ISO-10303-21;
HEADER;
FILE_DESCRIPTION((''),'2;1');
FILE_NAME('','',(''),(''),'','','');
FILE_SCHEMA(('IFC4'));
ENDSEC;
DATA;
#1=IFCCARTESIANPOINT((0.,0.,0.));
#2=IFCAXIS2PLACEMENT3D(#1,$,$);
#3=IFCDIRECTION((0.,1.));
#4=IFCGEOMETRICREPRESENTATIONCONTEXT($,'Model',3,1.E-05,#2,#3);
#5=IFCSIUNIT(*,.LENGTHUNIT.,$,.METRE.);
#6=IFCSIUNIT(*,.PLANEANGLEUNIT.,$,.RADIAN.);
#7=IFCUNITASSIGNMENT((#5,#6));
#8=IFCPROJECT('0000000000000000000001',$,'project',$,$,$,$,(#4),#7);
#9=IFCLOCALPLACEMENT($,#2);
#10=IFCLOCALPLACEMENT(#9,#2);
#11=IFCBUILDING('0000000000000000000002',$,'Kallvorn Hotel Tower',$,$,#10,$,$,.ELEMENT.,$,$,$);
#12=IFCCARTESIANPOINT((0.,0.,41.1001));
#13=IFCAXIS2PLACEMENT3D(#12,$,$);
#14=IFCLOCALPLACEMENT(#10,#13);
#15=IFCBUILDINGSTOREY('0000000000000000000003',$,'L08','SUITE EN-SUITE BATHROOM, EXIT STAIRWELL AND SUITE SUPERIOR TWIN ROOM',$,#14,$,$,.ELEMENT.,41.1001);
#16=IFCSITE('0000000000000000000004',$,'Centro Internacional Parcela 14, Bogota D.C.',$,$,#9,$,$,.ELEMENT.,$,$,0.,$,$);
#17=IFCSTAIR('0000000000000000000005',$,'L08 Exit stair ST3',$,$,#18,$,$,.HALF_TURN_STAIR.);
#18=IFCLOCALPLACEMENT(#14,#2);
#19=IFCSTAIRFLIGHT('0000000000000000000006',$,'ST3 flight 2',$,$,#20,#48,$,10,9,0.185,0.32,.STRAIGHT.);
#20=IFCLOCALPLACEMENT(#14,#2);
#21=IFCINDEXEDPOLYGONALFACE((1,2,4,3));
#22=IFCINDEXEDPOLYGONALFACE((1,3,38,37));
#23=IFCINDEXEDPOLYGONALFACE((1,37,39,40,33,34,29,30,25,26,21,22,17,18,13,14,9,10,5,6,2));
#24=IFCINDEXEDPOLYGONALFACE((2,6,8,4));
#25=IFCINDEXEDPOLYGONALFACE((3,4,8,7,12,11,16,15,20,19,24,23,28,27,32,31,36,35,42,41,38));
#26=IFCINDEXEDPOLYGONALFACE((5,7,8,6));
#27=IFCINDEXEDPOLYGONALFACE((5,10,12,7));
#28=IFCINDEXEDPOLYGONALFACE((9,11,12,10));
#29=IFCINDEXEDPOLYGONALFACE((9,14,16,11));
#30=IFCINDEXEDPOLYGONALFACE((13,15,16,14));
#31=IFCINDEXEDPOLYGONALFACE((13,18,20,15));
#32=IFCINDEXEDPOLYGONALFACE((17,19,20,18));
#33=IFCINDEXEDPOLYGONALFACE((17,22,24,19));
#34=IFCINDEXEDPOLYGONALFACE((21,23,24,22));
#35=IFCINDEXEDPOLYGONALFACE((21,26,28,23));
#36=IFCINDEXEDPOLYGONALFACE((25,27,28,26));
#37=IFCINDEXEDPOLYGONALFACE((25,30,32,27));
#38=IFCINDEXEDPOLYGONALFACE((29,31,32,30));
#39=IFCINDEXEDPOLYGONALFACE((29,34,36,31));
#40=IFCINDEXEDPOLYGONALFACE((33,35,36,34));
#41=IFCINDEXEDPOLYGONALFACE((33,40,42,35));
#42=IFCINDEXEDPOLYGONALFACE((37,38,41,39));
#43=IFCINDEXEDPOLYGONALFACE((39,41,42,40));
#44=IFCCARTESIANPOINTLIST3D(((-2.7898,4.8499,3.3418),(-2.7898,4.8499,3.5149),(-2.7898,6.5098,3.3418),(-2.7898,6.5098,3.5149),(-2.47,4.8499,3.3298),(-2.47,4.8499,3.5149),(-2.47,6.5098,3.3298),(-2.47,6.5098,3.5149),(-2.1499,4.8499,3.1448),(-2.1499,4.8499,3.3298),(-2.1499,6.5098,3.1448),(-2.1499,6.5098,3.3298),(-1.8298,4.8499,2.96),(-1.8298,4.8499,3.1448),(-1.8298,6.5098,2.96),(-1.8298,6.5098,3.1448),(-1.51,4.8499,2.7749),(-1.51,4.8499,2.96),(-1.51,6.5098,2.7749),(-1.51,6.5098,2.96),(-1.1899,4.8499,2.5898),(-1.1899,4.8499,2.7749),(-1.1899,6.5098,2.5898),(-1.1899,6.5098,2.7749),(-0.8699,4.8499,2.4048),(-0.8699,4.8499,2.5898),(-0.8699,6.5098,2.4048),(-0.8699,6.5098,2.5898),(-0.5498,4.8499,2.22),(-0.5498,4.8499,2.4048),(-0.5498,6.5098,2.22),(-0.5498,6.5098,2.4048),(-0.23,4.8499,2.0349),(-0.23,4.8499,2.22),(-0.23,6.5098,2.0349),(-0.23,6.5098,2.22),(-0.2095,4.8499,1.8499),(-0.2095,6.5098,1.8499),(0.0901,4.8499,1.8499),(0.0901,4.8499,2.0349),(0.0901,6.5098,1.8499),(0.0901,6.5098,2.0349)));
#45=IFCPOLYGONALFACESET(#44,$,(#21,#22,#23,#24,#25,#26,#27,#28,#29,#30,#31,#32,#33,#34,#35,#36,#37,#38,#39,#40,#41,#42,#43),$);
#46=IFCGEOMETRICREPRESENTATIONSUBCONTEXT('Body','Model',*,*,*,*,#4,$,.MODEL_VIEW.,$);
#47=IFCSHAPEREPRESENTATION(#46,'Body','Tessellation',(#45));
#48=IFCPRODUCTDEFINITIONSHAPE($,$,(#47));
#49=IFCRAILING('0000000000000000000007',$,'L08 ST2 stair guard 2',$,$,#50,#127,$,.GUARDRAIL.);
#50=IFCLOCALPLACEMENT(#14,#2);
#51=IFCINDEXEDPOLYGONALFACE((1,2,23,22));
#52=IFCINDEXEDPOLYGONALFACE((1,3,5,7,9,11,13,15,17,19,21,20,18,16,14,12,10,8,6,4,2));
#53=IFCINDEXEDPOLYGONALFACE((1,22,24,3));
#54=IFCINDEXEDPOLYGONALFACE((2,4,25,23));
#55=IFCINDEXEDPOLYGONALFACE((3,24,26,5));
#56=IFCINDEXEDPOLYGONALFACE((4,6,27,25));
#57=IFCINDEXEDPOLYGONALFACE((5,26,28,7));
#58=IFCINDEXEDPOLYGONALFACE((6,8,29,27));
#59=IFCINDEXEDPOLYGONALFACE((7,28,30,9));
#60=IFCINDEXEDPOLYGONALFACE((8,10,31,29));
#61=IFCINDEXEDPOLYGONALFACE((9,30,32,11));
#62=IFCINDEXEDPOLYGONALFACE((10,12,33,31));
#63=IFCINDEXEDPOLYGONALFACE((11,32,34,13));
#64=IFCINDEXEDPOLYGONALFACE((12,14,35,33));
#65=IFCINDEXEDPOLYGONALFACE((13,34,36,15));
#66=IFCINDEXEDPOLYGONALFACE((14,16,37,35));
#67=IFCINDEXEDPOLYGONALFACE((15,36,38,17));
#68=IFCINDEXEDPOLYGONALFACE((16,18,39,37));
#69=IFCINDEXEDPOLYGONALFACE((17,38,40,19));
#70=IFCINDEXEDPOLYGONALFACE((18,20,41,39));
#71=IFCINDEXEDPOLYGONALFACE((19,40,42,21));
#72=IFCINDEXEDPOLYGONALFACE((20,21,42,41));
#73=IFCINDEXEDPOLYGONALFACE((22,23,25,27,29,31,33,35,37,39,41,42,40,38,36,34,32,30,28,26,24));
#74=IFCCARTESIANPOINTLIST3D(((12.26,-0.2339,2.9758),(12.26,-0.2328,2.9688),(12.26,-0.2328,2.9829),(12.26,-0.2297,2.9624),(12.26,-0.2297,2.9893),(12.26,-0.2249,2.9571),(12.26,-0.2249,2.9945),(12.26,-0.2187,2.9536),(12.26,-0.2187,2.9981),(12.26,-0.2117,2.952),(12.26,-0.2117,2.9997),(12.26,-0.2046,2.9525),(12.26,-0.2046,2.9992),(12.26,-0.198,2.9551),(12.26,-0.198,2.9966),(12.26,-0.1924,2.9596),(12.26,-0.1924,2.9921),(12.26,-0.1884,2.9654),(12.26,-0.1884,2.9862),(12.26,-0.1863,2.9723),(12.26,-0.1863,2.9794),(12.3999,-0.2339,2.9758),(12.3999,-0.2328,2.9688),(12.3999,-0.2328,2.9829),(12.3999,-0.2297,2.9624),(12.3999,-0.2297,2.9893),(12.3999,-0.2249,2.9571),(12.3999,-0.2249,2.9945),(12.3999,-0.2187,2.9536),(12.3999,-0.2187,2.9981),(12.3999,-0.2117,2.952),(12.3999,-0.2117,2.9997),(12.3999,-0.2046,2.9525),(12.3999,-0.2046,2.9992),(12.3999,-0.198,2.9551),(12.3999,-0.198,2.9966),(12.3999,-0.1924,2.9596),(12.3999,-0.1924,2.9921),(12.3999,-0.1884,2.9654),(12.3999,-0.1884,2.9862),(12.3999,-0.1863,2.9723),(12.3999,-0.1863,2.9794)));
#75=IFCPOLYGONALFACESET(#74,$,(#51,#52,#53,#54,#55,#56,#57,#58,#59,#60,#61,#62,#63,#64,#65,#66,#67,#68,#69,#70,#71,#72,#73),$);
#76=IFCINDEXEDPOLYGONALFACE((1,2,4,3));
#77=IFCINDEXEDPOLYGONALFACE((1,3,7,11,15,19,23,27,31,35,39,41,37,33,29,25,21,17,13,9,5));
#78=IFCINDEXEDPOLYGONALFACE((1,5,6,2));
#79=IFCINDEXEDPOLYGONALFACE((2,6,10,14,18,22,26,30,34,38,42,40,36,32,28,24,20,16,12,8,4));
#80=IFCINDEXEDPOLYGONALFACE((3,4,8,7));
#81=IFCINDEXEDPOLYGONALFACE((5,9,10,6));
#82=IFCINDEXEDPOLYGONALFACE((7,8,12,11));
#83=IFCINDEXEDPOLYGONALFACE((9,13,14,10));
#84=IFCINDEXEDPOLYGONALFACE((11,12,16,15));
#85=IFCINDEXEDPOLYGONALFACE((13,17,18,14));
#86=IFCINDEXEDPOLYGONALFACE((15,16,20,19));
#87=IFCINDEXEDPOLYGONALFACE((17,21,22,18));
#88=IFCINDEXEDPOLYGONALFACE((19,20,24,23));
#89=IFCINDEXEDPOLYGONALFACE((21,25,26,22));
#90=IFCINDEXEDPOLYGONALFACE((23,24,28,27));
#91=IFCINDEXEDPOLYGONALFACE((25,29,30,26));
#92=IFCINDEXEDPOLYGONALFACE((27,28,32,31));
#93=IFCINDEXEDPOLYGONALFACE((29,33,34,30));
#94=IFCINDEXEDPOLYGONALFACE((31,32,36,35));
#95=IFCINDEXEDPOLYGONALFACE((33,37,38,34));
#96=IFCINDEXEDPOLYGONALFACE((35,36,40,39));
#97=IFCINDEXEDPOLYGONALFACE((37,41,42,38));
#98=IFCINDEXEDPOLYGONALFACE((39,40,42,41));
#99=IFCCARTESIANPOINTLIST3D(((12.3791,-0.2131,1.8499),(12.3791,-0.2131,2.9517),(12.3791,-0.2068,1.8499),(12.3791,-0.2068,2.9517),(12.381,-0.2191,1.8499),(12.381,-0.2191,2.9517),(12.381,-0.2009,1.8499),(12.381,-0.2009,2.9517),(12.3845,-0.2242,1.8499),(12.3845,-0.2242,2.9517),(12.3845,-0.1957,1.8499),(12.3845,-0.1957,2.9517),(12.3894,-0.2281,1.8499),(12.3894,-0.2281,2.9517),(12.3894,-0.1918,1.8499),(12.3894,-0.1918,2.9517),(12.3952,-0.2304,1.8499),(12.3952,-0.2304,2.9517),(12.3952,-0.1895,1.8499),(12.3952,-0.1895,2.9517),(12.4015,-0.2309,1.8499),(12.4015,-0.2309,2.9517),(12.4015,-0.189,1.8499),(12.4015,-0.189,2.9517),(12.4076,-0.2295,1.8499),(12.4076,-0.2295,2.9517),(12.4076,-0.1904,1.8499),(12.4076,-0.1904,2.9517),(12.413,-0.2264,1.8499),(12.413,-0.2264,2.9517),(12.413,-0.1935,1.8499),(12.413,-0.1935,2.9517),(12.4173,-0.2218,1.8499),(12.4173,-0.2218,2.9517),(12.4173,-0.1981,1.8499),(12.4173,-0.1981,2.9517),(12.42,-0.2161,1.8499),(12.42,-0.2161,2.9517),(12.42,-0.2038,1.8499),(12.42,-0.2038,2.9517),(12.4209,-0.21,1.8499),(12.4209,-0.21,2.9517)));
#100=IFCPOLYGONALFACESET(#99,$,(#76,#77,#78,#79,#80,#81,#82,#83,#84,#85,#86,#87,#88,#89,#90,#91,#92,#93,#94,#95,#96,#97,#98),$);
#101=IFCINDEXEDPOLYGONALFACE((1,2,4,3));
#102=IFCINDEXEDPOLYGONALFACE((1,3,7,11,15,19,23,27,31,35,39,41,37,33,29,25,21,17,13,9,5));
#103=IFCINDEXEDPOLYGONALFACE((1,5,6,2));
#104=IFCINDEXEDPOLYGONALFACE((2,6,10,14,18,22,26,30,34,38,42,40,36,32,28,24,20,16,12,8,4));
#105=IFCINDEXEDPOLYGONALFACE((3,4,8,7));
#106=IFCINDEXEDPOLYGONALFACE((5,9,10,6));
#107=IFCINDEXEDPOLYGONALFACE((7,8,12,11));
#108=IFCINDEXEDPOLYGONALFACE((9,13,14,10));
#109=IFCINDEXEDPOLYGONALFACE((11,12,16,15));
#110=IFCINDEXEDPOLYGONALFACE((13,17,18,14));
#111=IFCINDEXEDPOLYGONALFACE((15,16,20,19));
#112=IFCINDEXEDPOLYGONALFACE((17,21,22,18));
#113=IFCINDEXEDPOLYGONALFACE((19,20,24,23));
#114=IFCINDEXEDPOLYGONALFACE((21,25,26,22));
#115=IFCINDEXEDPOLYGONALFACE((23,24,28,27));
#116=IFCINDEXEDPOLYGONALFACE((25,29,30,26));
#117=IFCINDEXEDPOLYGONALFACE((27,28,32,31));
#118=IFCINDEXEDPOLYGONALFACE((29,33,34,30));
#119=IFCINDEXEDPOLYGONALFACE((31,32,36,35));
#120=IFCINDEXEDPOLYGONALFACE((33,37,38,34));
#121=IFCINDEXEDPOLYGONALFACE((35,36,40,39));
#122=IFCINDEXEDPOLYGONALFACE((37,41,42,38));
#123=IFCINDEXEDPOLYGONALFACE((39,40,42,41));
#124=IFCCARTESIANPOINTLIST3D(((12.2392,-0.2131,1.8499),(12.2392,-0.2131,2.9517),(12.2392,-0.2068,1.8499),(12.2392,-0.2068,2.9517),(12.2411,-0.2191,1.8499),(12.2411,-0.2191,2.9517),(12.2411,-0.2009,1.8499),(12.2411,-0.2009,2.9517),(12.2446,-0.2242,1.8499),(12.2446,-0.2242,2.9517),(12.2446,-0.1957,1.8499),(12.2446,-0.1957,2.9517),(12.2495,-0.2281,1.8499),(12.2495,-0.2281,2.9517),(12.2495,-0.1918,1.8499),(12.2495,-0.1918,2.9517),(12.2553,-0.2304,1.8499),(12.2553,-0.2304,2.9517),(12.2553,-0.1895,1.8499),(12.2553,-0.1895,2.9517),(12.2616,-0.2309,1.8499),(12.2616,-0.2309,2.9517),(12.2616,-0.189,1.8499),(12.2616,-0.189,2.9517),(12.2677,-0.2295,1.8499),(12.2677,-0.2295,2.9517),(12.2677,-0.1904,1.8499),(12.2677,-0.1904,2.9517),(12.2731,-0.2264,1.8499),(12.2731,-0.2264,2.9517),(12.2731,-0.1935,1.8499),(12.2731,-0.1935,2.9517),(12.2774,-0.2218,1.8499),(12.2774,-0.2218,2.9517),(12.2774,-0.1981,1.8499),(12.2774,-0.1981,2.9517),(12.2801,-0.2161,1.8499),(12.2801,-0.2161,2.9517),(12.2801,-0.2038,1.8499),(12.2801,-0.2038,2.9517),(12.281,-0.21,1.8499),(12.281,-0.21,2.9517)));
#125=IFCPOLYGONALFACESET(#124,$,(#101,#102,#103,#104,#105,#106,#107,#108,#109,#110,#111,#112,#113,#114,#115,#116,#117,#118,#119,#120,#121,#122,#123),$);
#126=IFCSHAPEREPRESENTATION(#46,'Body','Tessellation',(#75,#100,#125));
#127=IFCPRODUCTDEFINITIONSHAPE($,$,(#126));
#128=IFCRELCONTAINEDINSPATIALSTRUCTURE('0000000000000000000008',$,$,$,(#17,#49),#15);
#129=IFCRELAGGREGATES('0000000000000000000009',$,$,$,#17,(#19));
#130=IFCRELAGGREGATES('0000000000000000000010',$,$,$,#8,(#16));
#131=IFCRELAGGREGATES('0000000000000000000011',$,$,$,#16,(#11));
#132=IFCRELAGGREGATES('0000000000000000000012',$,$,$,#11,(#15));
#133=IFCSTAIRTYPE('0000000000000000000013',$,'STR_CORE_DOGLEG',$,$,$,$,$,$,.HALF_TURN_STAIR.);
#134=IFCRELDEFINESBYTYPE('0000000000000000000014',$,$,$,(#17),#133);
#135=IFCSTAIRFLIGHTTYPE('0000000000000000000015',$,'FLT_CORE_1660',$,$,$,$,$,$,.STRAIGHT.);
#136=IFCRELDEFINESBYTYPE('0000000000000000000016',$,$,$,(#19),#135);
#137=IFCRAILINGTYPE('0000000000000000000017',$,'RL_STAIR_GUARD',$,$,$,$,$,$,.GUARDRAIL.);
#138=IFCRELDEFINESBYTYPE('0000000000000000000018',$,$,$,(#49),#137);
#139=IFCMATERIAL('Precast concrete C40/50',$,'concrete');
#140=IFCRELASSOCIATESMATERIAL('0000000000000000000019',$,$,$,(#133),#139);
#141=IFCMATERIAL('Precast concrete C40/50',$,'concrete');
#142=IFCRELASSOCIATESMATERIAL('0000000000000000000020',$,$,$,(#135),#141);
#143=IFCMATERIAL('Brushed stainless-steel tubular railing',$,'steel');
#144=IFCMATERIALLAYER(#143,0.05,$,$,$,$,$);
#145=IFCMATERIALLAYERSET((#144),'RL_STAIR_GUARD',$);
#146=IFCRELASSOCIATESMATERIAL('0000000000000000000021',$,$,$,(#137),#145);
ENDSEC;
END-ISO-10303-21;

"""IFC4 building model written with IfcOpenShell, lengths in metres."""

from ifc_helpers import new_model, si_unit, direction, frame, origin, origin_2d, place, context, subcontext, project, spatial, polyline, circle, outline, extrude, material, layer, layer_set, type_object, element, aggregate, save


model = new_model("IFC4")

# Units and contexts
model_context = context("Model", 3, precision=1e-05, world=origin(), true_north=direction((0.0, 1.0)))
body_context = subcontext(model_context, "Body", "Model", "MODEL_VIEW")
ifc_project = project(units=[si_unit("LENGTHUNIT", "METRE"), si_unit("PLANEANGLEUNIT", "RADIAN")], contexts=[model_context])

# Site, building, storey
site_placement = place(None, origin())
site = spatial("IfcSite", under=ifc_project, at=site_placement, Name="Centro Internacional Parcela 14, Bogota D.C.", CompositionType="ELEMENT", RefElevation=0.0)
building_placement = place(site_placement, origin())
building = spatial("IfcBuilding", under=site, at=building_placement, Name="Kallvorn Hotel Tower", CompositionType="ELEMENT")
storey_placement = place(building_placement, frame((0.0, 0.0, 41.1001)))
storey = spatial("IfcBuildingStorey", under=building, at=storey_placement, Name="L08", Description="SUITE EN-SUITE BATHROOM, EXIT STAIRWELL AND SUITE SUPERIOR TWIN ROOM", CompositionType="ELEMENT", Elevation=41.1001)

# Stair
ifc_material_1 = material(Name="Precast concrete C40/50", Category="concrete")
stair_type = type_object("IfcStairType", Name="STR_CORE_DOGLEG", PredefinedType="HALF_TURN_STAIR", material=ifc_material_1)
stair_1_placement = place(storey_placement, origin())
stair_1 = element("IfcStair", 1, at=stair_1_placement, inside=storey, type_object=stair_type, Name="L08 Exit stair ST3", PredefinedType="HALF_TURN_STAIR")

# Stair flight
ifc_material_2 = material(Name="Precast concrete C40/50", Category="concrete")
stair_flight_type = type_object("IfcStairFlightType", Name="FLT_CORE_1660", PredefinedType="STRAIGHT", material=ifc_material_2)
stair_flight_1_placement = place(storey_placement, frame((0.0901, 5.6799, 1.8499), z_axis=(0.0, 0.0, 1.0), x_axis=(-1.0, 0.0, 0.0)))
stair_flight_1 = element("IfcStairFlight", 2, at=stair_flight_1_placement, type_object=stair_flight_type, Name="ST3 flight 2", NumberOfRisers=10, NumberOfTreads=9, PredefinedType="STRAIGHT", RiserHeight=0.185, TreadLength=0.32, context=body_context, shape_type="SweptSolid", body=[
    extrude(outline(polyline([(0.0, 0.0), (0.0, 0.1851), (0.3201, 0.1851), (0.3201, 0.3701), (0.6399, 0.3701), (0.6399, 0.5549), (0.96, 0.5549), (0.96, 0.74), (1.28, 0.74), (1.28, 0.925), (1.6001, 0.925), (1.6001, 1.1101), (1.9199, 1.1101), (1.9199, 1.2949), (2.24, 1.2949), (2.24, 1.48), (2.5601, 1.48), (2.5601, 1.665), (2.8799, 1.665), (2.8799, 1.8501), (2.8799, 1.4919), (0.2996, 0.0), (0.0, 0.0)])), frame((0.0, 0.8301, 0.0), z_axis=(0.0, -1.0, 0.0), x_axis=(1.0, 0.0, 0.0)), (0.0, 0.0, 1.0), 1.6599),
])
aggregate(stair_1, [stair_flight_1])

# Railing
ifc_material_3 = material(Name="Brushed stainless-steel tubular railing", Category="steel")
ifc_layer_1 = layer(ifc_material_3, 0.05)
ifc_layer_set_1 = layer_set([ifc_layer_1], Name="RL_STAIR_GUARD")
railing_type_1 = type_object("IfcRailingType", Name="RL_STAIR_GUARD", PredefinedType="GUARDRAIL", material=ifc_layer_set_1)
railing_1_placement = place(storey_placement, frame((12.3999, -0.21, 1.8499)))
element("IfcRailing", 3, at=railing_1_placement, inside=storey, type_object=railing_type_1, Name="L08 ST2 stair guard 2", PredefinedType="GUARDRAIL", context=body_context, shape_type="SweptSolid", body=[
    extrude(circle(Radius=0.0239, at=origin_2d()), frame((0.0, 0.0, 1.126), z_axis=(-1.0, 0.0, 0.0), x_axis=(0.0, -1.0, 0.0)), (0.0, 0.0, 1.0), 0.1399),
    extrude(circle(Radius=0.021, at=origin_2d()), origin(), (0.0, 0.0, 1.0), 1.1018),
    extrude(circle(Radius=0.021, at=origin_2d()), frame((-0.1399, 0.0, 0.0)), (0.0, 0.0, 1.0), 1.1018),
])

save(model, "model.ifc")
